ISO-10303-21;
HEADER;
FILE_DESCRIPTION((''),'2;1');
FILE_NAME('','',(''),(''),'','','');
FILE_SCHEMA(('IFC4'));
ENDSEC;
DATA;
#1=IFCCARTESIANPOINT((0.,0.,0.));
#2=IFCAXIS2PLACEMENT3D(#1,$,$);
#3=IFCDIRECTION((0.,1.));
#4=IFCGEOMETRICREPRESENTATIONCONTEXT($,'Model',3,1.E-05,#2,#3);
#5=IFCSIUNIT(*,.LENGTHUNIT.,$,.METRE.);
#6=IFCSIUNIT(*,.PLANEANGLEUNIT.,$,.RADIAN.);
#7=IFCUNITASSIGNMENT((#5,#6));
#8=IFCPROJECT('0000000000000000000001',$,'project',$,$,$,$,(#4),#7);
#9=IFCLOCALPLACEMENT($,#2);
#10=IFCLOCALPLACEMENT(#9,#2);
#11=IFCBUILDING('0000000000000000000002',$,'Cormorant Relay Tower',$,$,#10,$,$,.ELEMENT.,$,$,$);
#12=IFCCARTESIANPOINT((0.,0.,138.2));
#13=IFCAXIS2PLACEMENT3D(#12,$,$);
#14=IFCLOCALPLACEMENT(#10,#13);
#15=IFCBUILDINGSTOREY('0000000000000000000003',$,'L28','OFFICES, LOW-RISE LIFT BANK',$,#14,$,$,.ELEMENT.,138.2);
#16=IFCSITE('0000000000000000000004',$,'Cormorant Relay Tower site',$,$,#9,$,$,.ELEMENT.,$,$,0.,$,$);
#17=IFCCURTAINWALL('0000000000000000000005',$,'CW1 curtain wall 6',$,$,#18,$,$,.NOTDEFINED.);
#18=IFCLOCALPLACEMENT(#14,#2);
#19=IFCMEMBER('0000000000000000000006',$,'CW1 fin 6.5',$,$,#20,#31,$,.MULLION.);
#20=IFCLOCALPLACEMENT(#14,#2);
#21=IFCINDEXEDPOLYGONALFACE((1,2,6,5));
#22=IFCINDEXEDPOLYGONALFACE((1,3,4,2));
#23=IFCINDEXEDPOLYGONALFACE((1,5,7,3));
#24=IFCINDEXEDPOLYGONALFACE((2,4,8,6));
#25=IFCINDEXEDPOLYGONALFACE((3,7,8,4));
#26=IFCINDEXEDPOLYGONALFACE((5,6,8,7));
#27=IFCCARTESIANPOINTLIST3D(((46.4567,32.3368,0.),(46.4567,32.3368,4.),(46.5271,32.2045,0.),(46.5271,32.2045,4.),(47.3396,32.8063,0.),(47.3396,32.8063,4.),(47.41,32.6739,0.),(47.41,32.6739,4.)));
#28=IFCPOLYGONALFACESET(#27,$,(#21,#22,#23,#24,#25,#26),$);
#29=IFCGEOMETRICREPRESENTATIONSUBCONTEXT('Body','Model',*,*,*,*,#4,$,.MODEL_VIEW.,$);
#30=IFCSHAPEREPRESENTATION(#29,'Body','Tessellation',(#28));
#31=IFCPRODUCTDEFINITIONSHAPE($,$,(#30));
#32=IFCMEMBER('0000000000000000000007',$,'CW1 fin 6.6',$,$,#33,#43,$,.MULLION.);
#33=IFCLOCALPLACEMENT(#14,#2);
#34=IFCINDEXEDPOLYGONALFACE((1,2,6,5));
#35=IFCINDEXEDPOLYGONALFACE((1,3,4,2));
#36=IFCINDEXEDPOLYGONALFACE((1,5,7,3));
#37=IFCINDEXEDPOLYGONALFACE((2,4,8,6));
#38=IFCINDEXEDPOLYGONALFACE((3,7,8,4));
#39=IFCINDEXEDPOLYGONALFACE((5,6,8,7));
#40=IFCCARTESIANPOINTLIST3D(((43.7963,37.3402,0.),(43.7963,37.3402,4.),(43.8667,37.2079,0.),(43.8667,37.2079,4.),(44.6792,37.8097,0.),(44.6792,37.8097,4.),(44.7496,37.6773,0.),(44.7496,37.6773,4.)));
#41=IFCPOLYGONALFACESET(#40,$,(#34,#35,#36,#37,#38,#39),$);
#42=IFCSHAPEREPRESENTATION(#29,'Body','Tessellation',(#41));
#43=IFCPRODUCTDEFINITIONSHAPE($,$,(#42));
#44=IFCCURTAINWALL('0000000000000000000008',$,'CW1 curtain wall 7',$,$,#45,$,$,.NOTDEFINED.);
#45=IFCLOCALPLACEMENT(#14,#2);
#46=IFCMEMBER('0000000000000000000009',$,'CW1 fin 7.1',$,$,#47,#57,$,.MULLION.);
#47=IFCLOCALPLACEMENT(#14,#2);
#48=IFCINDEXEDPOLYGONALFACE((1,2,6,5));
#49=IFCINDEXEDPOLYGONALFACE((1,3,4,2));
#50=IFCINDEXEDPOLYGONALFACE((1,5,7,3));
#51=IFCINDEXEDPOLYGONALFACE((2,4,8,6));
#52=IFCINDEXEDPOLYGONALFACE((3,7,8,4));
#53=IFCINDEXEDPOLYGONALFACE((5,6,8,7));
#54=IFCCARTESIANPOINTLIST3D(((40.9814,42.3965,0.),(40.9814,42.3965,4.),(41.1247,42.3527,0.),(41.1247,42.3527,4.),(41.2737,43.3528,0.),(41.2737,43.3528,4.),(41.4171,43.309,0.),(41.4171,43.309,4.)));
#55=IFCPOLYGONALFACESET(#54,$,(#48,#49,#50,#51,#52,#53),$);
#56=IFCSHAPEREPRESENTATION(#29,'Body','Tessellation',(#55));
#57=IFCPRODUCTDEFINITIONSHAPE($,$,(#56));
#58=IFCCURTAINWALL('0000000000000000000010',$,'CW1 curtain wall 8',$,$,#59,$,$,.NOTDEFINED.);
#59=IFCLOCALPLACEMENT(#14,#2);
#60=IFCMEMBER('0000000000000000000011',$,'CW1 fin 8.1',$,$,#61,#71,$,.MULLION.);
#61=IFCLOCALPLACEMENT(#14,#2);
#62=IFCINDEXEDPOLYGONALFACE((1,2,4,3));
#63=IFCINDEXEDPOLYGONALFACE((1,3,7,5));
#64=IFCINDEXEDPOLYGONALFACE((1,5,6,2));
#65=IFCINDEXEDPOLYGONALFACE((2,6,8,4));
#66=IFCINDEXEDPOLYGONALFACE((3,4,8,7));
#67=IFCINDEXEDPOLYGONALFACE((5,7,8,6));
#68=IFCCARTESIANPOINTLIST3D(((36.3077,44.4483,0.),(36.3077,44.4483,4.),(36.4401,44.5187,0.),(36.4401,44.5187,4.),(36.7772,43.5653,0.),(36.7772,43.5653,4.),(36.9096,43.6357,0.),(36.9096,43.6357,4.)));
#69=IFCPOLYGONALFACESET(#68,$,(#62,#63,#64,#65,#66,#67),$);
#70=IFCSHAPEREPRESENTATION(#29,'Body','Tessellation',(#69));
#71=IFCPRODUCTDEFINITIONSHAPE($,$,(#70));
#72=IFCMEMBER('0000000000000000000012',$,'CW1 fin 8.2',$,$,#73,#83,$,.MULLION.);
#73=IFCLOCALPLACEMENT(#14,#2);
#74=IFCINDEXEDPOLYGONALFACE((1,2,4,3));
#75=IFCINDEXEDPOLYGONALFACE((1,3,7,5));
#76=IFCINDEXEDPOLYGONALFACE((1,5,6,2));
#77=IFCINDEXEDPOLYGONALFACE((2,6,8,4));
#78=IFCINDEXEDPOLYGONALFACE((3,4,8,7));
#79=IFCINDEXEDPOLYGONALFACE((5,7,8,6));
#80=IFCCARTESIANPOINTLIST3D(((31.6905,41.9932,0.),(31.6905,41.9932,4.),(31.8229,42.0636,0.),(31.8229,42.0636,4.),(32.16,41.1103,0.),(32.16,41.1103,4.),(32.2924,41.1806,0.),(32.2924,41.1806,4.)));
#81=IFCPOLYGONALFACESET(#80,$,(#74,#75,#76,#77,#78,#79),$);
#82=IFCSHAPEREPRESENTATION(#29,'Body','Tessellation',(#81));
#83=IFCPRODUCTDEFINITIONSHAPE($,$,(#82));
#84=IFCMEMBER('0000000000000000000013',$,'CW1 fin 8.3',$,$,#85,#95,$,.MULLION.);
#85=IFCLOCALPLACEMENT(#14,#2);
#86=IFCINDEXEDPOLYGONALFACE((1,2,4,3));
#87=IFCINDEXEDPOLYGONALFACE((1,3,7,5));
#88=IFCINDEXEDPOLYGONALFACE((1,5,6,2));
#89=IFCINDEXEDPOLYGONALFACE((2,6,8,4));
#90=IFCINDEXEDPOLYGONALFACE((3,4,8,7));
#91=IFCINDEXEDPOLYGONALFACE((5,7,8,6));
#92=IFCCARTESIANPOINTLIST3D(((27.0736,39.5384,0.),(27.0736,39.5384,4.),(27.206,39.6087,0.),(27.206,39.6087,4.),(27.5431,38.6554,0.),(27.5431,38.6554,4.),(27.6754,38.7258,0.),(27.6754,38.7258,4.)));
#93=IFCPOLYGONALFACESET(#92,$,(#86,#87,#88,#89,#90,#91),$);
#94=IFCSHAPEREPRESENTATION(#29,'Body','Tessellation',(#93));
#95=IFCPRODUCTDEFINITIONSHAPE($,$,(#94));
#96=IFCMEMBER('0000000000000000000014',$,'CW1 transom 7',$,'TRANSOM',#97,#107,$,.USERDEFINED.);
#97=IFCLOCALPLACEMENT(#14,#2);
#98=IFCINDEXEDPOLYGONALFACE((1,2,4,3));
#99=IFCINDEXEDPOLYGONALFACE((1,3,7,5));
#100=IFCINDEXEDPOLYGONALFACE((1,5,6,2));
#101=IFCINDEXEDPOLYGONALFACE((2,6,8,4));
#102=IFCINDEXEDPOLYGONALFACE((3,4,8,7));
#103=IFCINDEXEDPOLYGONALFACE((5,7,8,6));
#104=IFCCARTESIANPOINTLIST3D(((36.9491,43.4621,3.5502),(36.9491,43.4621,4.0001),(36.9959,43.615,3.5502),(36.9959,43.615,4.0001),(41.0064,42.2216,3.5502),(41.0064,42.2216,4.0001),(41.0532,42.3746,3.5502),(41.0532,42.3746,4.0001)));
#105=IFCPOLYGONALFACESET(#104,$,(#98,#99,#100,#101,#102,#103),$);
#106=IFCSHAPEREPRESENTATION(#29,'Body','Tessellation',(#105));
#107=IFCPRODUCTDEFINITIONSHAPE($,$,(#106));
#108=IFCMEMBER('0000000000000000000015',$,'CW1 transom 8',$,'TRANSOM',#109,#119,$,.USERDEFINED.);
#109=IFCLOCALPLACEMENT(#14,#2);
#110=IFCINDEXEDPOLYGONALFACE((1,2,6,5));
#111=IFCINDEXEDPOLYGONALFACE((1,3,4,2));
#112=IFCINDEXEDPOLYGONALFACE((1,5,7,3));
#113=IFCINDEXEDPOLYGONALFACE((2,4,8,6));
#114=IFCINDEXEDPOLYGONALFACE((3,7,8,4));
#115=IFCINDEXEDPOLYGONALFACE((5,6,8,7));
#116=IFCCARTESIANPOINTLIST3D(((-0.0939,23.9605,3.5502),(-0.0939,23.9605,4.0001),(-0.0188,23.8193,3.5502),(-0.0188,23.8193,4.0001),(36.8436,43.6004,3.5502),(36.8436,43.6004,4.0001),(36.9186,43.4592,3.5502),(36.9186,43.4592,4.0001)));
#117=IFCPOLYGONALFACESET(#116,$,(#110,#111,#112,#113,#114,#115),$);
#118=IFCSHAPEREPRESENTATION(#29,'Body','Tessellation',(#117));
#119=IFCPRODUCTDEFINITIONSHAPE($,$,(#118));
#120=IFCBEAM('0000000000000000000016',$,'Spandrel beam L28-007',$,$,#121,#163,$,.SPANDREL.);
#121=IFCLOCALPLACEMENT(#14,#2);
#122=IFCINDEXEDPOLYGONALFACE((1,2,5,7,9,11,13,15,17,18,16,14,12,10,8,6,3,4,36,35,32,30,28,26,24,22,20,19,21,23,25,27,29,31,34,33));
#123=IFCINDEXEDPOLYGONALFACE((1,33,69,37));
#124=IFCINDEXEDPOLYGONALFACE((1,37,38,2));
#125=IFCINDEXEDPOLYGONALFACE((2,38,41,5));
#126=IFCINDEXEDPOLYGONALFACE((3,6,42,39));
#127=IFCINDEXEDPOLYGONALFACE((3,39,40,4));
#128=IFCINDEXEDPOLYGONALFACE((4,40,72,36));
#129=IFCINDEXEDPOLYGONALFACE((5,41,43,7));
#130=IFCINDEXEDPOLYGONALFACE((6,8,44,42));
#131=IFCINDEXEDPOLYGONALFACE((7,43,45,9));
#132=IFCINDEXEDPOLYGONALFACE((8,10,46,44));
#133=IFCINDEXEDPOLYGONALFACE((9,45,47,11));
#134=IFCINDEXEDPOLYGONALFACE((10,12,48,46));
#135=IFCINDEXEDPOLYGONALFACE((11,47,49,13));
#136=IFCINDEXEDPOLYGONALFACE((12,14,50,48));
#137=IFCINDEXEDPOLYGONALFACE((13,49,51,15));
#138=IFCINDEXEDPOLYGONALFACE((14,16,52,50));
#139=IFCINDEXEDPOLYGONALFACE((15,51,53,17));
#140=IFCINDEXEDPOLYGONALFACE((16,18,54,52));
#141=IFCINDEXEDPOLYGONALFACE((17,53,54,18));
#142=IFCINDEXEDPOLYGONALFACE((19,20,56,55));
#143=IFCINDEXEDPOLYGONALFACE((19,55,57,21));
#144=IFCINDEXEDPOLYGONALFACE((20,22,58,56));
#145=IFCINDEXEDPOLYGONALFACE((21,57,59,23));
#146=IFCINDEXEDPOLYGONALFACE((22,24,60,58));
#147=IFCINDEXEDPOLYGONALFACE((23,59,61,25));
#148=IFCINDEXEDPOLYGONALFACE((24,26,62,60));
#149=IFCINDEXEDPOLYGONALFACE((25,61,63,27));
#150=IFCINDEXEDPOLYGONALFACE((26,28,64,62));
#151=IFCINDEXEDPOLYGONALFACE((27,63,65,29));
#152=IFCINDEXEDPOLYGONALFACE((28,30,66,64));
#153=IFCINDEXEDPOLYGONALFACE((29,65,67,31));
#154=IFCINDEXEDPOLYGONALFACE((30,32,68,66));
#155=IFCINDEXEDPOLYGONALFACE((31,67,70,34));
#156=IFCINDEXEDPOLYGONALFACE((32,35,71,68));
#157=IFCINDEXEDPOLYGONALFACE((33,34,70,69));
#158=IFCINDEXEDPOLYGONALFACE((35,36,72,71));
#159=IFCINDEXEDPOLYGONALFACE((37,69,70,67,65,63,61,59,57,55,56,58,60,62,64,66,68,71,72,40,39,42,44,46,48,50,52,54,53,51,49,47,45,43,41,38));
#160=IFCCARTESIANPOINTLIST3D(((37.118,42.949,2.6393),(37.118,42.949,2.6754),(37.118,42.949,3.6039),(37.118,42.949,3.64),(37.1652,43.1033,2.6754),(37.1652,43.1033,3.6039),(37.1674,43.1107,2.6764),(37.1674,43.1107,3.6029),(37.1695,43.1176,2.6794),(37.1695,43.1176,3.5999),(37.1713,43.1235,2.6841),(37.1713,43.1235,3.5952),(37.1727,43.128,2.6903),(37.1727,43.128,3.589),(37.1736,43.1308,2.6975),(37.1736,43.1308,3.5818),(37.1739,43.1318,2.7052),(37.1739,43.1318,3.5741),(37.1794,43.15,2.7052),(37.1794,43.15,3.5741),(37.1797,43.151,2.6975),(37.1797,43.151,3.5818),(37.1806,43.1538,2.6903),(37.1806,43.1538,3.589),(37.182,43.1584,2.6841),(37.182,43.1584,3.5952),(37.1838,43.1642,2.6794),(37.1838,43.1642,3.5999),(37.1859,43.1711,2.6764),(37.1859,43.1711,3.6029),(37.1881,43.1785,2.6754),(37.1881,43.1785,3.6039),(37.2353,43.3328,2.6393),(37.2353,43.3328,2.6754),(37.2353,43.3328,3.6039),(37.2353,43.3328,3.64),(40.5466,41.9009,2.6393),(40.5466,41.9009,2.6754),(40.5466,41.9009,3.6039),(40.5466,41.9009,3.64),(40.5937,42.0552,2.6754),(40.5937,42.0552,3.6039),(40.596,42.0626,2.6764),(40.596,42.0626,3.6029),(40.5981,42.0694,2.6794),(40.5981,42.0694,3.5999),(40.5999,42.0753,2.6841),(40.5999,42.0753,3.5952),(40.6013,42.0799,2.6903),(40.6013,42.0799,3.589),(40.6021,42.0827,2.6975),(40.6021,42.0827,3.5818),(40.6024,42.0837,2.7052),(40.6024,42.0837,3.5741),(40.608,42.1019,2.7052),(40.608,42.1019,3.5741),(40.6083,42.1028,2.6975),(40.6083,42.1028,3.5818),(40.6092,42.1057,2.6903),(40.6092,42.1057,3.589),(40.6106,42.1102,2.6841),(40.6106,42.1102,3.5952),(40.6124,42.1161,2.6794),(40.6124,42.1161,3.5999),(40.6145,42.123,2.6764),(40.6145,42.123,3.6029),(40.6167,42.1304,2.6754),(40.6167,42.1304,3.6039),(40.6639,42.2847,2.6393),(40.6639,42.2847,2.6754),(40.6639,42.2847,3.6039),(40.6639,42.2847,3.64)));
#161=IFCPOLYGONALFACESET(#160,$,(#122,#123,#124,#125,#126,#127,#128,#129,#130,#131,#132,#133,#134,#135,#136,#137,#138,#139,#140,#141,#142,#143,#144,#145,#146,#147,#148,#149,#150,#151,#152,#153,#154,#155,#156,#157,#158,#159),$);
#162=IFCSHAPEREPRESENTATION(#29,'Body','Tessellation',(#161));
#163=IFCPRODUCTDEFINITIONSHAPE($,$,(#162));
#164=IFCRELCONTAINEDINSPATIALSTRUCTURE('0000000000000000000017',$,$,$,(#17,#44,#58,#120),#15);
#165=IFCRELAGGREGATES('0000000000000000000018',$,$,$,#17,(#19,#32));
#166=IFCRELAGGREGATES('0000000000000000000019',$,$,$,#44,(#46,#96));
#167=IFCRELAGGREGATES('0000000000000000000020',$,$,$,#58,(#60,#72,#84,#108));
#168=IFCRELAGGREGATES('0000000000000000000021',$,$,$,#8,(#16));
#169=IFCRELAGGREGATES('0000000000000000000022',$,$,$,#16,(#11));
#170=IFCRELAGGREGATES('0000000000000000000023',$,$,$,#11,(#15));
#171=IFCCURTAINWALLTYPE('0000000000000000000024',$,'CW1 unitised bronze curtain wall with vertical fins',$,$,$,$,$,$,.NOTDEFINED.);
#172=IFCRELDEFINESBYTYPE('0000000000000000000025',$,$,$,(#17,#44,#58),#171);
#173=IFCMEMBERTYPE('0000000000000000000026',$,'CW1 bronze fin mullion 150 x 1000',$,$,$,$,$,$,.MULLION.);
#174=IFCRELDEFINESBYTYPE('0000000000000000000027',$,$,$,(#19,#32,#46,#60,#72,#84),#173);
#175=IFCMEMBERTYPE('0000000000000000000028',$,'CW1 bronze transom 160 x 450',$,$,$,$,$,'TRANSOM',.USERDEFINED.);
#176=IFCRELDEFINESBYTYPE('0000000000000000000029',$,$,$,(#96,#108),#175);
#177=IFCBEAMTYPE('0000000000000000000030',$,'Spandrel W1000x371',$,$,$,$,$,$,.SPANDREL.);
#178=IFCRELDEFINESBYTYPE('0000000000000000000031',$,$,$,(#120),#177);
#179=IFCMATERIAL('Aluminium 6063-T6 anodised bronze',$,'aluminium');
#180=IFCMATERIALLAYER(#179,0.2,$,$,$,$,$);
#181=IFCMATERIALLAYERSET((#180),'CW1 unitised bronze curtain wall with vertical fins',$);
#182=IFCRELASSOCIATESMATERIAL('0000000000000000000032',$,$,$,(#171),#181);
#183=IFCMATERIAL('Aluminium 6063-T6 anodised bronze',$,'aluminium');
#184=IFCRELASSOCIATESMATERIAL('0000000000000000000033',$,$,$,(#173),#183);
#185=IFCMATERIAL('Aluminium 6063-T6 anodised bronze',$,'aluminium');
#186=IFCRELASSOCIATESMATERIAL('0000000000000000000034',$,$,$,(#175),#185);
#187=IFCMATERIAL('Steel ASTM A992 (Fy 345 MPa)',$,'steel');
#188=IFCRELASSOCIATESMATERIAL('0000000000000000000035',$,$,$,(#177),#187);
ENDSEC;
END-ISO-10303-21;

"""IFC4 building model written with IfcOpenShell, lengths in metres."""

from ifc_helpers import new_model, si_unit, direction, frame, origin, origin_2d, place, context, subcontext, project, spatial, rectangle, i_section, extrude, material, layer, layer_set, material_profile, profile_set, type_object, element, aggregate, save


model = new_model("IFC4")

# Units and contexts
model_context = context("Model", 3, precision=1e-05, world=origin(), true_north=direction((0.0, 1.0)))
body_context = subcontext(model_context, "Body", "Model", "MODEL_VIEW")
ifc_project = project(units=[si_unit("LENGTHUNIT", "METRE"), si_unit("PLANEANGLEUNIT", "RADIAN")], contexts=[model_context])

# Site, building, storey
site_placement = place(None, origin())
site = spatial("IfcSite", under=ifc_project, at=site_placement, Name="Cormorant Relay Tower site", CompositionType="ELEMENT", RefElevation=0.0)
building_placement = place(site_placement, origin())
building = spatial("IfcBuilding", under=site, at=building_placement, Name="Cormorant Relay Tower", CompositionType="ELEMENT")
storey_placement = place(building_placement, frame((0.0, 0.0, 138.2)))
storey = spatial("IfcBuildingStorey", under=building, at=storey_placement, Name="L28", Description="OFFICES, LOW-RISE LIFT BANK", CompositionType="ELEMENT", Elevation=138.2)

# Curtain wall, members
ifc_material_1 = material(Name="Aluminium 6063-T6 anodised bronze", Category="aluminium")
ifc_layer_1 = layer(ifc_material_1, 0.2)
ifc_layer_set_1 = layer_set([ifc_layer_1], Name="CW1 unitised bronze curtain wall with vertical fins")
curtain_wall_type = type_object("IfcCurtainWallType", Name="CW1 unitised bronze curtain wall with vertical fins", PredefinedType="NOTDEFINED", material=ifc_layer_set_1)
curtain_wall_1_placement = place(storey_placement, origin())
curtain_wall_1 = element("IfcCurtainWall", 1, at=curtain_wall_1_placement, inside=storey, type_object=curtain_wall_type, Name="CW1 curtain wall 6", PredefinedType="NOTDEFINED")
ifc_material_2 = material(Name="Aluminium 6063-T6 anodised bronze", Category="aluminium")
ifc_material_profile_1 = material_profile(ifc_material_2, rectangle(XDim=0.1499, YDim=1.0, at=origin_2d()), Name="AL 150x1000")
ifc_profile_set_1 = profile_set([ifc_material_profile_1], Name="Aluminium 6063-T6 anodised bronze")
member_type_1 = type_object("IfcMemberType", Name="CW1 bronze fin mullion 150 x 1000", PredefinedType="MULLION", material=ifc_profile_set_1)
member_1_placement = place(storey_placement, frame((46.9333, 32.5054, 0.0), z_axis=(0.0, 0.0, 1.0), x_axis=(-0.469472, 0.882948, 0.0)))
member_1 = element("IfcMember", 2, at=member_1_placement, type_object=member_type_1, Name="CW1 fin 6.5", PredefinedType="MULLION", context=body_context, shape_type="SweptSolid", body=[
    extrude(rectangle(XDim=0.1499, YDim=1.0, at=origin_2d()), origin(), (0.0, 0.0, 1.0), 4.0),
])
member_2_placement = place(storey_placement, frame((44.2729, 37.5088, 0.0), z_axis=(0.0, 0.0, 1.0), x_axis=(-0.469472, 0.882948, 0.0)))
member_2 = element("IfcMember", 3, at=member_2_placement, type_object=member_type_1, Name="CW1 fin 6.6", PredefinedType="MULLION", context=body_context, shape_type="SweptSolid", body=[
    extrude(rectangle(XDim=0.1499, YDim=1.0, at=origin_2d()), origin(), (0.0, 0.0, 1.0), 4.0),
])

# Curtain wall, member
curtain_wall_2_placement = place(storey_placement, origin())
curtain_wall_2 = element("IfcCurtainWall", 4, at=curtain_wall_2_placement, inside=storey, type_object=curtain_wall_type, Name="CW1 curtain wall 7", PredefinedType="NOTDEFINED")
member_3_placement = place(storey_placement, frame((41.1992, 42.8528, 0.0), z_axis=(0.0, 0.0, 1.0), x_axis=(-0.956305, 0.292372, 0.0)))
member_3 = element("IfcMember", 5, at=member_3_placement, type_object=member_type_1, Name="CW1 fin 7.1", PredefinedType="MULLION", context=body_context, shape_type="SweptSolid", body=[
    extrude(rectangle(XDim=0.1499, YDim=1.0, at=origin_2d()), origin(), (0.0, 0.0, 1.0), 4.0),
])

# Curtain wall, members
curtain_wall_3_placement = place(storey_placement, origin())
curtain_wall_3 = element("IfcCurtainWall", 6, at=curtain_wall_3_placement, inside=storey, type_object=curtain_wall_type, Name="CW1 curtain wall 8", PredefinedType="NOTDEFINED")
member_4_placement = place(storey_placement, frame((36.6086, 44.042, 0.0), z_axis=(0.0, 0.0, 1.0), x_axis=(-0.882948, -0.469472, 0.0)))
member_4 = element("IfcMember", 7, at=member_4_placement, type_object=member_type_1, Name="CW1 fin 8.1", PredefinedType="MULLION", context=body_context, shape_type="SweptSolid", body=[
    extrude(rectangle(XDim=0.1499, YDim=1.0, at=origin_2d()), origin(), (0.0, 0.0, 1.0), 4.0),
])
member_5_placement = place(storey_placement, frame((31.9915, 41.5869, 0.0), z_axis=(0.0, 0.0, 1.0), x_axis=(-0.882948, -0.469472, 0.0)))
member_5 = element("IfcMember", 8, at=member_5_placement, type_object=member_type_1, Name="CW1 fin 8.2", PredefinedType="MULLION", context=body_context, shape_type="SweptSolid", body=[
    extrude(rectangle(XDim=0.1499, YDim=1.0, at=origin_2d()), origin(), (0.0, 0.0, 1.0), 4.0),
])
member_6_placement = place(storey_placement, frame((27.3745, 39.1321, 0.0), z_axis=(0.0, 0.0, 1.0), x_axis=(-0.882948, -0.469472, 0.0)))
member_6 = element("IfcMember", 9, at=member_6_placement, type_object=member_type_1, Name="CW1 fin 8.3", PredefinedType="MULLION", context=body_context, shape_type="SweptSolid", body=[
    extrude(rectangle(XDim=0.1499, YDim=1.0, at=origin_2d()), origin(), (0.0, 0.0, 1.0), 4.0),
])

# Members
ifc_material_3 = material(Name="Aluminium 6063-T6 anodised bronze", Category="aluminium")
ifc_material_profile_2 = material_profile(ifc_material_3, rectangle(XDim=0.1599, YDim=0.45, at=origin_2d()), Name="AL 160x450")
ifc_profile_set_2 = profile_set([ifc_material_profile_2], Name="Aluminium 6063-T6 anodised bronze")
member_type_2 = type_object("IfcMemberType", Name="CW1 bronze transom 160 x 450", ElementType="TRANSOM", PredefinedType="USERDEFINED", material=ifc_profile_set_2)
member_7_placement = place(storey_placement, frame((41.0298, 42.2981, 3.7751), z_axis=(-0.956304, 0.292375, 0.0), x_axis=(-0.292375, -0.956304, 0.0)))
member_7 = element("IfcMember", 10, at=member_7_placement, type_object=member_type_2, Name="CW1 transom 7", ObjectType="TRANSOM", PredefinedType="USERDEFINED", context=body_context, shape_type="SweptSolid", body=[
    extrude(rectangle(XDim=0.1599, YDim=0.45, at=origin_2d()), origin(), (0.0, 0.0, 1.0), 4.2427),
])
member_8_placement = place(storey_placement, frame((36.8811, 43.5298, 3.7751), z_axis=(-0.882949, -0.469469, 0.0), x_axis=(0.469469, -0.882949, 0.0)))
member_8 = element("IfcMember", 11, at=member_8_placement, type_object=member_type_2, Name="CW1 transom 8", ObjectType="TRANSOM", PredefinedType="USERDEFINED", context=body_context, shape_type="SweptSolid", body=[
    extrude(rectangle(XDim=0.1599, YDim=0.45, at=origin_2d()), origin(), (0.0, 0.0, 1.0), 41.8342),
])

# Beam
ifc_material_4 = material(Name="Steel ASTM A992 (Fy 345 MPa)", Category="steel")
ifc_material_profile_3 = material_profile(ifc_material_4, i_section(OverallWidth=0.4014, OverallDepth=1.0007, WebThickness=0.019, FlangeThickness=0.0361, FilletRadius=0.0298, at=origin_2d()), Name="W1000x371")
ifc_profile_set_3 = profile_set([ifc_material_profile_3], Name="Steel ASTM A992 (Fy 345 MPa)")
beam_type = type_object("IfcBeamType", Name="Spandrel W1000x371", PredefinedType="SPANDREL", material=ifc_profile_set_3)
beam_1_placement = place(storey_placement, frame((40.6052, 42.0928, 3.1396), z_axis=(-0.956312, 0.292348, 0.0), x_axis=(-0.292348, -0.956312, 0.0)))
element("IfcBeam", 12, at=beam_1_placement, inside=storey, type_object=beam_type, Name="Spandrel beam L28-007", PredefinedType="SPANDREL", context=body_context, shape_type="SweptSolid", body=[
    extrude(i_section(OverallWidth=0.4014, OverallDepth=1.0007, WebThickness=0.019, FlangeThickness=0.0361, FilletRadius=0.0298, at=origin_2d()), origin(), (0.0, 0.0, 1.0), 3.5852),
])

aggregate(curtain_wall_1, [member_1, member_2])
aggregate(curtain_wall_2, [member_3, member_7])
aggregate(curtain_wall_3, [member_4, member_5, member_6, member_8])

save(model, "model.ifc")
